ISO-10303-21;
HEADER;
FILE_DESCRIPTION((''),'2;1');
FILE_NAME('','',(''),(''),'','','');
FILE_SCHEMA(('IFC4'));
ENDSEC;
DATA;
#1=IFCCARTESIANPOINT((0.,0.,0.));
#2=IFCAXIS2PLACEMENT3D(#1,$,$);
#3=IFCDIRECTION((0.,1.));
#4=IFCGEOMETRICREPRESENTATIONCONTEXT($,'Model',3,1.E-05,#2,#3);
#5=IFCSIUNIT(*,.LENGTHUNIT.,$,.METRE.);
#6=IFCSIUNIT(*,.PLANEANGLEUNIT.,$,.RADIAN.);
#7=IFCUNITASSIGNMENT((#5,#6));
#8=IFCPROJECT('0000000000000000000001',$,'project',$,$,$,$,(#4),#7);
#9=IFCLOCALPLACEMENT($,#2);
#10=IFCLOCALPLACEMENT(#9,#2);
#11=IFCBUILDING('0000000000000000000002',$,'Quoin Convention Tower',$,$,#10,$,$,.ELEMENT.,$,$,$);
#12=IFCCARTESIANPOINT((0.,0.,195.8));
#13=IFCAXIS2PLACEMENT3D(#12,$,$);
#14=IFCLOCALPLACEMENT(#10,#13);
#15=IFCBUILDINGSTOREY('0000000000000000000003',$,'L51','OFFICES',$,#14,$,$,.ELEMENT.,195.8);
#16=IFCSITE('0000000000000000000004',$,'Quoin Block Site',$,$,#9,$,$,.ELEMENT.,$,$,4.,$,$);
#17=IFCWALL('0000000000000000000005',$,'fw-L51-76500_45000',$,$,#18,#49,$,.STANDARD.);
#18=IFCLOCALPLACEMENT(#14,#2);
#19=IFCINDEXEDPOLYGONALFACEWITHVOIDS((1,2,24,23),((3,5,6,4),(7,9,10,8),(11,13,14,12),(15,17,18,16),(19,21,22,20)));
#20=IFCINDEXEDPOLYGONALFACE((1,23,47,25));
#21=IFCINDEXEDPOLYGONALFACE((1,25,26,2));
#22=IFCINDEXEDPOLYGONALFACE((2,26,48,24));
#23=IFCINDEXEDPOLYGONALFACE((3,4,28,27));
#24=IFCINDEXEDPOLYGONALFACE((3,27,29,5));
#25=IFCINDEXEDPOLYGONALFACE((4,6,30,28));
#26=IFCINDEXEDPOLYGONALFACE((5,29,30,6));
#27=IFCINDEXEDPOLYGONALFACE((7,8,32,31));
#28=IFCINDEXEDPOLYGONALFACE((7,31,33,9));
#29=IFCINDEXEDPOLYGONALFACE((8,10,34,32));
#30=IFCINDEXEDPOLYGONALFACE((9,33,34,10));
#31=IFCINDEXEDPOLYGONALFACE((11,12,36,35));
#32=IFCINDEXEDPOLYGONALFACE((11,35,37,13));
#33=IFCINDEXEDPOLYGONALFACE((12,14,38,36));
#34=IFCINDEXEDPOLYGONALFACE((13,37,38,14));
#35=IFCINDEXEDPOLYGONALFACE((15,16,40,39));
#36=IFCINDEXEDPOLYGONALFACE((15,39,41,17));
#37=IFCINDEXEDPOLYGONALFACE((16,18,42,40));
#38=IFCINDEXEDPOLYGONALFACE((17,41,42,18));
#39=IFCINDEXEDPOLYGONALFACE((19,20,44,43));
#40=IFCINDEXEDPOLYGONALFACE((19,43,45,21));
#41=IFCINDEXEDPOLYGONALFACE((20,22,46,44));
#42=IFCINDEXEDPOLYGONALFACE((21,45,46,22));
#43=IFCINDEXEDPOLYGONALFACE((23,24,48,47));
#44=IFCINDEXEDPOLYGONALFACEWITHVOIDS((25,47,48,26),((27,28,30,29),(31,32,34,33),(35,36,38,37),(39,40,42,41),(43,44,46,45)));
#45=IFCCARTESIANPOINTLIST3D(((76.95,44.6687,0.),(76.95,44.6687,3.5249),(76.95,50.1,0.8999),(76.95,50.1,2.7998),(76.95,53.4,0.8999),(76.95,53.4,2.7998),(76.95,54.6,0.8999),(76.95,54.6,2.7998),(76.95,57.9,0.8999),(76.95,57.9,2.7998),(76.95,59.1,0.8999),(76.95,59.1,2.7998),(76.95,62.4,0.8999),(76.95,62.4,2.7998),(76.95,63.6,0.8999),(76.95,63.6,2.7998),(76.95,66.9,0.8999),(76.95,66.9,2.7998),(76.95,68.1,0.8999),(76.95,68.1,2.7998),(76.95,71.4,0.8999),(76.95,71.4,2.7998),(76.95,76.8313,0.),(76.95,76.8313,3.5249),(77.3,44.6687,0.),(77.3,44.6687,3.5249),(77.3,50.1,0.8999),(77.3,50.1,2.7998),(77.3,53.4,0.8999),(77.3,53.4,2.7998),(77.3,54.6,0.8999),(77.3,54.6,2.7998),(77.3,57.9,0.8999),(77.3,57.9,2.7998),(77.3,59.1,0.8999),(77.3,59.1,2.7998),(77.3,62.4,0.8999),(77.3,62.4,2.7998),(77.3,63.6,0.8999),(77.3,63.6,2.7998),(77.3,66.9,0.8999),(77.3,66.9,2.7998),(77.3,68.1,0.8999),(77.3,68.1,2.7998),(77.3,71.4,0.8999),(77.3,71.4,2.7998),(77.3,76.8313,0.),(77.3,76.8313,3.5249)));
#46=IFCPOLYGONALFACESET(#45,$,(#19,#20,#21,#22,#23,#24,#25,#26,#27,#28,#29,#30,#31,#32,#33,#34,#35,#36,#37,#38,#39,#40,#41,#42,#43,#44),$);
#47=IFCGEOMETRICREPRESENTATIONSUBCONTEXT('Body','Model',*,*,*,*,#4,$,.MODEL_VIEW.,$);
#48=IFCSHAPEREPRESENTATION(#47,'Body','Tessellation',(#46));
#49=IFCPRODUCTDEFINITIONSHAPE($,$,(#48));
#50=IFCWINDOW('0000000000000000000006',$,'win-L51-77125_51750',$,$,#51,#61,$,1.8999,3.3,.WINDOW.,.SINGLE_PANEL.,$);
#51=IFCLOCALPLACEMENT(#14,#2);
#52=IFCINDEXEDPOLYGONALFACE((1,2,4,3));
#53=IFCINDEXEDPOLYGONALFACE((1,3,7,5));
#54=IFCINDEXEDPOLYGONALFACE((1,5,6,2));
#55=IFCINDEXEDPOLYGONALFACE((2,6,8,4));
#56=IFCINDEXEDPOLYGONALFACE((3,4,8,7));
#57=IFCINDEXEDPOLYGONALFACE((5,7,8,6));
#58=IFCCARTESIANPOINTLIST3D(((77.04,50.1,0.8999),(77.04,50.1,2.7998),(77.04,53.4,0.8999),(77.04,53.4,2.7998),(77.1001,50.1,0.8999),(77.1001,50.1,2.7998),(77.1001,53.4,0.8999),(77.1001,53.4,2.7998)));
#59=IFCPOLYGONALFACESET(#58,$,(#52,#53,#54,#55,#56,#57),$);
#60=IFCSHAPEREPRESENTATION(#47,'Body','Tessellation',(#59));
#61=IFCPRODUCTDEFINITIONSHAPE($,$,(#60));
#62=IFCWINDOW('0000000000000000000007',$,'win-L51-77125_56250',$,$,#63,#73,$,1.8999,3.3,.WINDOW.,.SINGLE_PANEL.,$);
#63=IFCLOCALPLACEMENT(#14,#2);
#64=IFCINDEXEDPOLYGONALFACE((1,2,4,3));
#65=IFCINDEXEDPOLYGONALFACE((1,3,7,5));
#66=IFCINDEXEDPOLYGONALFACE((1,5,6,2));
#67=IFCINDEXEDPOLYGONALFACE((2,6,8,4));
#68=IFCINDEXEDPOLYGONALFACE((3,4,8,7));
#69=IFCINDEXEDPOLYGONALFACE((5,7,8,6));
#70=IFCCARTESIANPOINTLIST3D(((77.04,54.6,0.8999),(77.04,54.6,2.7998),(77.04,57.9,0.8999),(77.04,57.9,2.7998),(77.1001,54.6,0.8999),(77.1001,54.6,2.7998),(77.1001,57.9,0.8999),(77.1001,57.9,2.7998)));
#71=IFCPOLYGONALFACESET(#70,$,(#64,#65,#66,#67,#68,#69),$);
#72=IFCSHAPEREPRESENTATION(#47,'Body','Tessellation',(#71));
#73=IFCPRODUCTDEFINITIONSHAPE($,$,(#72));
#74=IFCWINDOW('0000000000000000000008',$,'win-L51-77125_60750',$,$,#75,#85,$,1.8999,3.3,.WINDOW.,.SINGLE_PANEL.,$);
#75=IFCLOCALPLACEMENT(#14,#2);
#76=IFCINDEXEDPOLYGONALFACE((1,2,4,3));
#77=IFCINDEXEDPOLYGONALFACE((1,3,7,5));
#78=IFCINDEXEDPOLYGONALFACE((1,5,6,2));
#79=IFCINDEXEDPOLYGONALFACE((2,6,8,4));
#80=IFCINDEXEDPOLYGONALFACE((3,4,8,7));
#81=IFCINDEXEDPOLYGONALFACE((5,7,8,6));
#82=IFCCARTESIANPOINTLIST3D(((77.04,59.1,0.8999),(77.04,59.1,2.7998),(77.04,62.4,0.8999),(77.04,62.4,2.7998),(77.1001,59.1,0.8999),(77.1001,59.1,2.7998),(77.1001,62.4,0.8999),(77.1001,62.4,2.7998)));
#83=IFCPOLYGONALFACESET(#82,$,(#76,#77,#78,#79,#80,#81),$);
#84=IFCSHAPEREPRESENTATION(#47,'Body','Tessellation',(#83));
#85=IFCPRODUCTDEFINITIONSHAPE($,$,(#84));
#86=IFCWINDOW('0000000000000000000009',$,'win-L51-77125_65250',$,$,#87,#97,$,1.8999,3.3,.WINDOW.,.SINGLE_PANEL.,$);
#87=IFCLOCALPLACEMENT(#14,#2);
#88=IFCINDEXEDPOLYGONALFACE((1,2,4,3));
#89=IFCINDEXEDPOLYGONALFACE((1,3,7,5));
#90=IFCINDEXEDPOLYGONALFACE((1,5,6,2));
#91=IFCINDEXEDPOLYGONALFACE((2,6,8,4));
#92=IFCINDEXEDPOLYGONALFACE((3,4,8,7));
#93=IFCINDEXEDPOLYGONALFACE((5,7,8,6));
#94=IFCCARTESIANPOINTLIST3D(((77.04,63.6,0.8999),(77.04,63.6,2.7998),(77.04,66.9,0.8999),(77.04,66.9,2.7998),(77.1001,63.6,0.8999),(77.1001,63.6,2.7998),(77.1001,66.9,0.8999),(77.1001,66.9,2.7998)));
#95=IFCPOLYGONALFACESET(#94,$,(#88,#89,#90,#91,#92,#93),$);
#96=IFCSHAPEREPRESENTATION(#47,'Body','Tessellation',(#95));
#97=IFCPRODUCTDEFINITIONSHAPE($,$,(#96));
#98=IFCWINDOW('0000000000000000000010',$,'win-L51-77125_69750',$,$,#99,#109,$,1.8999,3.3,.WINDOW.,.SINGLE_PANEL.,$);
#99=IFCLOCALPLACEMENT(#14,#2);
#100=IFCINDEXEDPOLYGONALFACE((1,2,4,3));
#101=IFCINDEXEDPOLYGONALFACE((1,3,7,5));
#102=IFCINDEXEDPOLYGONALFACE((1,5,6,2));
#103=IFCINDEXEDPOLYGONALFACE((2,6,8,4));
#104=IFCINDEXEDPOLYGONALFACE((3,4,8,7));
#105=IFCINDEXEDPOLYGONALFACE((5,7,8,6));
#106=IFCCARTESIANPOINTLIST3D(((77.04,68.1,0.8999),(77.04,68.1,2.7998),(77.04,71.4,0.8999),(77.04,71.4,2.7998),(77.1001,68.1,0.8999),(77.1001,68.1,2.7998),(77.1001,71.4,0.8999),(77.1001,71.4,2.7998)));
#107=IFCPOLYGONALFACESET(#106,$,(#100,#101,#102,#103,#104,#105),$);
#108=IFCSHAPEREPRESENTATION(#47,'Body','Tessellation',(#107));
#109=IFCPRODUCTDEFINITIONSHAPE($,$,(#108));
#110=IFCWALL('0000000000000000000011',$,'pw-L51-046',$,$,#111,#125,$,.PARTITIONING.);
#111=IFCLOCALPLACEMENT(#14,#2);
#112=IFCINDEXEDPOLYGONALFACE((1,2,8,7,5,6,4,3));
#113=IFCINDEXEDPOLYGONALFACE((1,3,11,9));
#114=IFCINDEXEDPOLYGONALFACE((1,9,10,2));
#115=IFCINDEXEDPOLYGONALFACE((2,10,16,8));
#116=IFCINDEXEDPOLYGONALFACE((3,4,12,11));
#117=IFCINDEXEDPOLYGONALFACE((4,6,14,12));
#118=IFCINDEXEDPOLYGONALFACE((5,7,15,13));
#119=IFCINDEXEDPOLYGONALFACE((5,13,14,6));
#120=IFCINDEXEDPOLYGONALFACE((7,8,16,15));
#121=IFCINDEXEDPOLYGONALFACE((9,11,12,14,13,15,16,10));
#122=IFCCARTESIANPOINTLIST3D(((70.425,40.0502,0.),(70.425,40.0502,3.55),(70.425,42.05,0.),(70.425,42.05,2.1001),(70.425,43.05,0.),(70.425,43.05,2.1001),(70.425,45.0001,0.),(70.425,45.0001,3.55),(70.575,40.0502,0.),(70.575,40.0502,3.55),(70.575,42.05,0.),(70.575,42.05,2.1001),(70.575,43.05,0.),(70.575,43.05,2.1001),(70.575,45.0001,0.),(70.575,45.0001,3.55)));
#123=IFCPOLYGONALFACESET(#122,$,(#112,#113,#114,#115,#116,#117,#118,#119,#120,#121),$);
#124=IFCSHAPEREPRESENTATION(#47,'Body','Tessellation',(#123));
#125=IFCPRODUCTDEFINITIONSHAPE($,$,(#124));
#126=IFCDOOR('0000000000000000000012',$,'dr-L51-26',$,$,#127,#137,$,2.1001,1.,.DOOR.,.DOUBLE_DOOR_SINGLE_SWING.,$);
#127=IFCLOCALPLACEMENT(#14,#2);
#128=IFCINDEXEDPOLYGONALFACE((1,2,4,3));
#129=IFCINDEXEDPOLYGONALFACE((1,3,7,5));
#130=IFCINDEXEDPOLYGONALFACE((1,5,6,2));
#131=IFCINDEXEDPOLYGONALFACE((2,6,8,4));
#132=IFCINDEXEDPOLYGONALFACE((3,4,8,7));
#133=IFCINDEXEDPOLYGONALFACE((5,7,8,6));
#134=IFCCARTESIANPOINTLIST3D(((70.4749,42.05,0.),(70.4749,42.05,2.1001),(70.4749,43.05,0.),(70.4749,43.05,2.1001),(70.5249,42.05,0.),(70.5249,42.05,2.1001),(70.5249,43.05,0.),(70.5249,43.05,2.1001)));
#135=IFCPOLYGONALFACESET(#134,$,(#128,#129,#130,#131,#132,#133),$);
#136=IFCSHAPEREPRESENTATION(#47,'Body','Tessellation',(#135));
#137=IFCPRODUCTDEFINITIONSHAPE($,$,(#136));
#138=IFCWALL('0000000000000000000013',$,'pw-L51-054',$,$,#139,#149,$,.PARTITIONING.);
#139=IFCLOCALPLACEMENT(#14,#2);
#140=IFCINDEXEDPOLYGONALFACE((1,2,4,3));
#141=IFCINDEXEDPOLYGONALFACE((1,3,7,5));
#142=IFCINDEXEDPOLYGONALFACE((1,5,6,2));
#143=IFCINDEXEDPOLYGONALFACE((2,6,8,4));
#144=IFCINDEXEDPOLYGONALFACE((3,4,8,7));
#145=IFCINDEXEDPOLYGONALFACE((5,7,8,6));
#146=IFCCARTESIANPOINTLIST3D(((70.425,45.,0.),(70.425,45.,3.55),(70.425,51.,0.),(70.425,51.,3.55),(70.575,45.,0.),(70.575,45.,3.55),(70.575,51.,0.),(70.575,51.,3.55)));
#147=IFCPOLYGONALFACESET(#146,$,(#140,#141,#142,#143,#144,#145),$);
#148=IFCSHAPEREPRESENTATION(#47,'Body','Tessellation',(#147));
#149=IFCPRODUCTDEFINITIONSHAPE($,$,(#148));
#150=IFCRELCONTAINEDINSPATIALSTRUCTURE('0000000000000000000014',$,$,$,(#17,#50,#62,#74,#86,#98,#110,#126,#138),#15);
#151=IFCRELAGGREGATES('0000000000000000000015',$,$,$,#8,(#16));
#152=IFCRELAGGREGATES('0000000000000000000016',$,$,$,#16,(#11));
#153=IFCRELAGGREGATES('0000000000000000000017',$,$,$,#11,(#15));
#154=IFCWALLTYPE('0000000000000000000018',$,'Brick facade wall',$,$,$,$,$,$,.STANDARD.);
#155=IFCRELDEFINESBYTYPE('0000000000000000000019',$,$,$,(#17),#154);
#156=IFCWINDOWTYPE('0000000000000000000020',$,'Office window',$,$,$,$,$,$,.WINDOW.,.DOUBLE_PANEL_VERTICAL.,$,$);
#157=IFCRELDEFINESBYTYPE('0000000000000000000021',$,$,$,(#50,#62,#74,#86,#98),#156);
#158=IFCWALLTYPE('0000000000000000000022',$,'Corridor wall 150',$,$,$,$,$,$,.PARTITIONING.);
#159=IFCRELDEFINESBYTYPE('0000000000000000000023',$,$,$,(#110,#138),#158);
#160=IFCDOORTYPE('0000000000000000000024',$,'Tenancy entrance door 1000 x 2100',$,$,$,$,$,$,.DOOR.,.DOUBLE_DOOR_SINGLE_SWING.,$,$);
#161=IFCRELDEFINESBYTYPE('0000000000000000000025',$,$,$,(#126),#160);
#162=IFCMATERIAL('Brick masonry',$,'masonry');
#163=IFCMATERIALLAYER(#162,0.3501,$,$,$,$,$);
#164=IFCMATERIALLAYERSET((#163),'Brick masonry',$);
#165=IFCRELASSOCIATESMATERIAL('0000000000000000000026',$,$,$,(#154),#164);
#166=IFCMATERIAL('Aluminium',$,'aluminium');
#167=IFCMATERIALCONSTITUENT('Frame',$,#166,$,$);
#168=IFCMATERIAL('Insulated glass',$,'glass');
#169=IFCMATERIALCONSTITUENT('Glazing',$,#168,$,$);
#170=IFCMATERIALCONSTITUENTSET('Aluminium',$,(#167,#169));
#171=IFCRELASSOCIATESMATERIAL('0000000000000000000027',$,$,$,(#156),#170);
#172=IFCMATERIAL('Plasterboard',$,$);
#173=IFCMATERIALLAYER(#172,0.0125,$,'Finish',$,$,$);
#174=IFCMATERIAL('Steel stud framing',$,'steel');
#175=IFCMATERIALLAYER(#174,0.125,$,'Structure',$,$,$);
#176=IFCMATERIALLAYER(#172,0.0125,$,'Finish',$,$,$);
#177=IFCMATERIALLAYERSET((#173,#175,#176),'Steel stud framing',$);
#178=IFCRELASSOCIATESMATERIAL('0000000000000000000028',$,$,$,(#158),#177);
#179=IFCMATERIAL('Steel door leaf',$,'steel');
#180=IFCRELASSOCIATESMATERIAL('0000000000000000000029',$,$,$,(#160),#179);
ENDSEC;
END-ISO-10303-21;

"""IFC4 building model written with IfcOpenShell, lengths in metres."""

from ifc_helpers import new_model, si_unit, direction, frame, frame_2d, origin, place, context, subcontext, project, spatial, rectangle, extrude, material, layer, layer_set, constituent, constituent_set, type_object, element, fill, save


model = new_model("IFC4")

# Units and contexts
model_context = context("Model", 3, precision=1e-05, world=origin(), true_north=direction((0.0, 1.0)))
body_context = subcontext(model_context, "Body", "Model", "MODEL_VIEW")
ifc_project = project(units=[si_unit("LENGTHUNIT", "METRE"), si_unit("PLANEANGLEUNIT", "RADIAN")], contexts=[model_context])

# Site, building, storey
site_placement = place(None, origin())
site = spatial("IfcSite", under=ifc_project, at=site_placement, Name="Quoin Block Site", CompositionType="ELEMENT", RefElevation=4.0)
building_placement = place(site_placement, origin())
building = spatial("IfcBuilding", under=site, at=building_placement, Name="Quoin Convention Tower", CompositionType="ELEMENT")
storey_placement = place(building_placement, frame((0.0, 0.0, 195.8)))
storey = spatial("IfcBuildingStorey", under=building, at=storey_placement, Name="L51", Description="OFFICES", CompositionType="ELEMENT", Elevation=195.8)

# Shared definitions
ifc_material_1 = material(Name="Plasterboard")
ifc_material_2 = material(Name="Steel stud framing", Category="steel")

# Shared definitions
ifc_material_3 = material(Name="Brick masonry", Category="masonry")
ifc_layer_1 = layer(ifc_material_3, 0.3501)
ifc_layer_set_1 = layer_set([ifc_layer_1], Name="Brick masonry")
wall_type_1 = type_object("IfcWallType", Name="Brick facade wall", PredefinedType="STANDARD", material=ifc_layer_set_1)
ifc_material_4 = material(Name="Aluminium", Category="aluminium")
ifc_constituent_1 = constituent(ifc_material_4, Name="Frame")
ifc_material_5 = material(Name="Insulated glass", Category="glass")
ifc_constituent_2 = constituent(ifc_material_5, Name="Glazing")
ifc_constituent_set = constituent_set(constituents=[ifc_constituent_1, ifc_constituent_2], Name="Aluminium")
window_type = type_object("IfcWindowType", Name="Office window", PartitioningType="DOUBLE_PANEL_VERTICAL", PredefinedType="WINDOW", material=ifc_constituent_set)

# Wall, openings, windows
wall_1_placement = place(storey_placement, frame((77.125, 44.6687, 0.0), z_axis=(0.0, 0.0, 1.0), x_axis=(0.0, 1.0, 0.0)))
wall_1 = element("IfcWall", 1, at=wall_1_placement, inside=storey, type_object=wall_type_1, Name="fw-L51-76500_45000", PredefinedType="STANDARD", context=body_context, shape_type="SweptSolid", body=[
    extrude(rectangle(XDim=32.1626, YDim=0.3501, at=frame_2d((16.0813, 0.0))), origin(), (0.0, 0.0, 1.0), 3.5249),
])
opening_1_placement = place(wall_1_placement, frame((5.4314, 0.0, 0.8999)))
opening_1 = element("IfcOpeningElement", 2, at=opening_1_placement, cuts=wall_1, PredefinedType="OPENING", context=body_context, shape_type="SweptSolid", body=[
    extrude(rectangle(XDim=3.3, YDim=1.8999, at=frame_2d((1.6499, 0.95))), frame((0.0, 0.1851, 0.0), z_axis=(0.0, -1.0, 0.0), x_axis=(1.0, 0.0, 0.0)), (0.0, 0.0, 1.0), 0.3701),
])
opening_2_placement = place(wall_1_placement, frame((9.9314, 0.0, 0.8999)))
opening_2 = element("IfcOpeningElement", 3, at=opening_2_placement, cuts=wall_1, PredefinedType="OPENING", context=body_context, shape_type="SweptSolid", body=[
    extrude(rectangle(XDim=3.3, YDim=1.8999, at=frame_2d((1.6499, 0.95))), frame((0.0, 0.1851, 0.0), z_axis=(0.0, -1.0, 0.0), x_axis=(1.0, 0.0, 0.0)), (0.0, 0.0, 1.0), 0.3701),
])
opening_3_placement = place(wall_1_placement, frame((14.4314, 0.0, 0.8999)))
opening_3 = element("IfcOpeningElement", 4, at=opening_3_placement, cuts=wall_1, PredefinedType="OPENING", context=body_context, shape_type="SweptSolid", body=[
    extrude(rectangle(XDim=3.3, YDim=1.8999, at=frame_2d((1.6499, 0.95))), frame((0.0, 0.1851, 0.0), z_axis=(0.0, -1.0, 0.0), x_axis=(1.0, 0.0, 0.0)), (0.0, 0.0, 1.0), 0.3701),
])
opening_4_placement = place(wall_1_placement, frame((18.9314, 0.0, 0.8999)))
opening_4 = element("IfcOpeningElement", 5, at=opening_4_placement, cuts=wall_1, PredefinedType="OPENING", context=body_context, shape_type="SweptSolid", body=[
    extrude(rectangle(XDim=3.3, YDim=1.8999, at=frame_2d((1.6499, 0.95))), frame((0.0, 0.1851, 0.0), z_axis=(0.0, -1.0, 0.0), x_axis=(1.0, 0.0, 0.0)), (0.0, 0.0, 1.0), 0.3701),
])
opening_5_placement = place(wall_1_placement, frame((23.4314, 0.0, 0.8999)))
opening_5 = element("IfcOpeningElement", 6, at=opening_5_placement, cuts=wall_1, PredefinedType="OPENING", context=body_context, shape_type="SweptSolid", body=[
    extrude(rectangle(XDim=3.3, YDim=1.8999, at=frame_2d((1.6499, 0.95))), frame((0.0, 0.1851, 0.0), z_axis=(0.0, -1.0, 0.0), x_axis=(1.0, 0.0, 0.0)), (0.0, 0.0, 1.0), 0.3701),
])
window_1_placement = place(opening_1_placement, origin())
window_1 = element("IfcWindow", 7, at=window_1_placement, inside=storey, type_object=window_type, Name="win-L51-77125_51750", OverallHeight=1.8999, OverallWidth=3.3, PartitioningType="SINGLE_PANEL", PredefinedType="WINDOW", context=body_context, shape_type="SweptSolid", body=[
    extrude(rectangle(XDim=3.3, YDim=1.8999, at=frame_2d((1.6499, 0.95))), frame((0.0, 0.085, 0.0), z_axis=(0.0, -1.0, 0.0), x_axis=(1.0, 0.0, 0.0)), (0.0, 0.0, 1.0), 0.0601),
])
fill(opening_1, window_1)
window_2_placement = place(opening_2_placement, origin())
window_2 = element("IfcWindow", 8, at=window_2_placement, inside=storey, type_object=window_type, Name="win-L51-77125_56250", OverallHeight=1.8999, OverallWidth=3.3, PartitioningType="SINGLE_PANEL", PredefinedType="WINDOW", context=body_context, shape_type="SweptSolid", body=[
    extrude(rectangle(XDim=3.3, YDim=1.8999, at=frame_2d((1.6499, 0.95))), frame((0.0, 0.085, 0.0), z_axis=(0.0, -1.0, 0.0), x_axis=(1.0, 0.0, 0.0)), (0.0, 0.0, 1.0), 0.0601),
])
fill(opening_2, window_2)
window_3_placement = place(opening_3_placement, origin())
window_3 = element("IfcWindow", 9, at=window_3_placement, inside=storey, type_object=window_type, Name="win-L51-77125_60750", OverallHeight=1.8999, OverallWidth=3.3, PartitioningType="SINGLE_PANEL", PredefinedType="WINDOW", context=body_context, shape_type="SweptSolid", body=[
    extrude(rectangle(XDim=3.3, YDim=1.8999, at=frame_2d((1.6499, 0.95))), frame((0.0, 0.085, 0.0), z_axis=(0.0, -1.0, 0.0), x_axis=(1.0, 0.0, 0.0)), (0.0, 0.0, 1.0), 0.0601),
])
fill(opening_3, window_3)
window_4_placement = place(opening_4_placement, origin())
window_4 = element("IfcWindow", 10, at=window_4_placement, inside=storey, type_object=window_type, Name="win-L51-77125_65250", OverallHeight=1.8999, OverallWidth=3.3, PartitioningType="SINGLE_PANEL", PredefinedType="WINDOW", context=body_context, shape_type="SweptSolid", body=[
    extrude(rectangle(XDim=3.3, YDim=1.8999, at=frame_2d((1.6499, 0.95))), frame((0.0, 0.085, 0.0), z_axis=(0.0, -1.0, 0.0), x_axis=(1.0, 0.0, 0.0)), (0.0, 0.0, 1.0), 0.0601),
])
fill(opening_4, window_4)
window_5_placement = place(opening_5_placement, origin())
window_5 = element("IfcWindow", 11, at=window_5_placement, inside=storey, type_object=window_type, Name="win-L51-77125_69750", OverallHeight=1.8999, OverallWidth=3.3, PartitioningType="SINGLE_PANEL", PredefinedType="WINDOW", context=body_context, shape_type="SweptSolid", body=[
    extrude(rectangle(XDim=3.3, YDim=1.8999, at=frame_2d((1.6499, 0.95))), frame((0.0, 0.085, 0.0), z_axis=(0.0, -1.0, 0.0), x_axis=(1.0, 0.0, 0.0)), (0.0, 0.0, 1.0), 0.0601),
])
fill(opening_5, window_5)

# Wall, opening, door
ifc_layer_2 = layer(ifc_material_1, 0.0125, Name="Finish")
ifc_layer_3 = layer(ifc_material_2, 0.125, Name="Structure")
ifc_layer_4 = layer(ifc_material_1, 0.0125, Name="Finish")
ifc_layer_set_2 = layer_set([ifc_layer_2, ifc_layer_3, ifc_layer_4], Name="Steel stud framing")
wall_type_2 = type_object("IfcWallType", Name="Corridor wall 150", PredefinedType="PARTITIONING", material=ifc_layer_set_2)
wall_2_placement = place(storey_placement, frame((70.5, 40.05, 0.0), z_axis=(0.0, 0.0, 1.0), x_axis=(0.0, 1.0, 0.0)))
wall_2 = element("IfcWall", 12, at=wall_2_placement, inside=storey, type_object=wall_type_2, Name="pw-L51-046", PredefinedType="PARTITIONING", context=body_context, shape_type="SweptSolid", body=[
    extrude(rectangle(XDim=4.95, YDim=0.1499, at=frame_2d((2.4751, 0.0))), origin(), (0.0, 0.0, 1.0), 3.55),
])
opening_6_placement = place(wall_2_placement, frame((2.0, 0.0, 0.0)))
opening_6 = element("IfcOpeningElement", 13, at=opening_6_placement, cuts=wall_2, PredefinedType="OPENING", context=body_context, shape_type="SweptSolid", body=[
    extrude(rectangle(XDim=1.0, YDim=2.1001, at=frame_2d((0.5, 1.05))), frame((0.0, 0.085, 0.0), z_axis=(0.0, -1.0, 0.0), x_axis=(1.0, 0.0, 0.0)), (0.0, 0.0, 1.0), 0.1699),
])
ifc_material_6 = material(Name="Steel door leaf", Category="steel")
door_type_1 = type_object("IfcDoorType", Name="Tenancy entrance door 1000 x 2100", OperationType="DOUBLE_DOOR_SINGLE_SWING", PredefinedType="DOOR", material=ifc_material_6)
door_1_placement = place(opening_6_placement, frame((1.0, 0.0, 0.0), z_axis=(0.0, 0.0, 1.0), x_axis=(-1.0, 0.0, 0.0)))
door_1 = element("IfcDoor", 14, at=door_1_placement, inside=storey, type_object=door_type_1, Name="dr-L51-26", OperationType="DOUBLE_DOOR_SINGLE_SWING", OverallHeight=2.1001, OverallWidth=1.0, PredefinedType="DOOR", context=body_context, shape_type="SweptSolid", body=[
    extrude(rectangle(XDim=1.0, YDim=2.1001, at=frame_2d((0.5, 1.05))), frame((0.0, 0.0249, 0.0), z_axis=(0.0, -1.0, 0.0), x_axis=(1.0, 0.0, 0.0)), (0.0, 0.0, 1.0), 0.05),
])
fill(opening_6, door_1)

# Wall
wall_3_placement = place(storey_placement, frame((70.5, 45.0, 0.0), z_axis=(0.0, 0.0, 1.0), x_axis=(0.0, 1.0, 0.0)))
element("IfcWall", 15, at=wall_3_placement, inside=storey, type_object=wall_type_2, Name="pw-L51-054", PredefinedType="PARTITIONING", context=body_context, shape_type="SweptSolid", body=[
    extrude(rectangle(XDim=6.0, YDim=0.1499, at=frame_2d((3.0, 0.0))), origin(), (0.0, 0.0, 1.0), 3.55),
])

save(model, "model.ifc")
